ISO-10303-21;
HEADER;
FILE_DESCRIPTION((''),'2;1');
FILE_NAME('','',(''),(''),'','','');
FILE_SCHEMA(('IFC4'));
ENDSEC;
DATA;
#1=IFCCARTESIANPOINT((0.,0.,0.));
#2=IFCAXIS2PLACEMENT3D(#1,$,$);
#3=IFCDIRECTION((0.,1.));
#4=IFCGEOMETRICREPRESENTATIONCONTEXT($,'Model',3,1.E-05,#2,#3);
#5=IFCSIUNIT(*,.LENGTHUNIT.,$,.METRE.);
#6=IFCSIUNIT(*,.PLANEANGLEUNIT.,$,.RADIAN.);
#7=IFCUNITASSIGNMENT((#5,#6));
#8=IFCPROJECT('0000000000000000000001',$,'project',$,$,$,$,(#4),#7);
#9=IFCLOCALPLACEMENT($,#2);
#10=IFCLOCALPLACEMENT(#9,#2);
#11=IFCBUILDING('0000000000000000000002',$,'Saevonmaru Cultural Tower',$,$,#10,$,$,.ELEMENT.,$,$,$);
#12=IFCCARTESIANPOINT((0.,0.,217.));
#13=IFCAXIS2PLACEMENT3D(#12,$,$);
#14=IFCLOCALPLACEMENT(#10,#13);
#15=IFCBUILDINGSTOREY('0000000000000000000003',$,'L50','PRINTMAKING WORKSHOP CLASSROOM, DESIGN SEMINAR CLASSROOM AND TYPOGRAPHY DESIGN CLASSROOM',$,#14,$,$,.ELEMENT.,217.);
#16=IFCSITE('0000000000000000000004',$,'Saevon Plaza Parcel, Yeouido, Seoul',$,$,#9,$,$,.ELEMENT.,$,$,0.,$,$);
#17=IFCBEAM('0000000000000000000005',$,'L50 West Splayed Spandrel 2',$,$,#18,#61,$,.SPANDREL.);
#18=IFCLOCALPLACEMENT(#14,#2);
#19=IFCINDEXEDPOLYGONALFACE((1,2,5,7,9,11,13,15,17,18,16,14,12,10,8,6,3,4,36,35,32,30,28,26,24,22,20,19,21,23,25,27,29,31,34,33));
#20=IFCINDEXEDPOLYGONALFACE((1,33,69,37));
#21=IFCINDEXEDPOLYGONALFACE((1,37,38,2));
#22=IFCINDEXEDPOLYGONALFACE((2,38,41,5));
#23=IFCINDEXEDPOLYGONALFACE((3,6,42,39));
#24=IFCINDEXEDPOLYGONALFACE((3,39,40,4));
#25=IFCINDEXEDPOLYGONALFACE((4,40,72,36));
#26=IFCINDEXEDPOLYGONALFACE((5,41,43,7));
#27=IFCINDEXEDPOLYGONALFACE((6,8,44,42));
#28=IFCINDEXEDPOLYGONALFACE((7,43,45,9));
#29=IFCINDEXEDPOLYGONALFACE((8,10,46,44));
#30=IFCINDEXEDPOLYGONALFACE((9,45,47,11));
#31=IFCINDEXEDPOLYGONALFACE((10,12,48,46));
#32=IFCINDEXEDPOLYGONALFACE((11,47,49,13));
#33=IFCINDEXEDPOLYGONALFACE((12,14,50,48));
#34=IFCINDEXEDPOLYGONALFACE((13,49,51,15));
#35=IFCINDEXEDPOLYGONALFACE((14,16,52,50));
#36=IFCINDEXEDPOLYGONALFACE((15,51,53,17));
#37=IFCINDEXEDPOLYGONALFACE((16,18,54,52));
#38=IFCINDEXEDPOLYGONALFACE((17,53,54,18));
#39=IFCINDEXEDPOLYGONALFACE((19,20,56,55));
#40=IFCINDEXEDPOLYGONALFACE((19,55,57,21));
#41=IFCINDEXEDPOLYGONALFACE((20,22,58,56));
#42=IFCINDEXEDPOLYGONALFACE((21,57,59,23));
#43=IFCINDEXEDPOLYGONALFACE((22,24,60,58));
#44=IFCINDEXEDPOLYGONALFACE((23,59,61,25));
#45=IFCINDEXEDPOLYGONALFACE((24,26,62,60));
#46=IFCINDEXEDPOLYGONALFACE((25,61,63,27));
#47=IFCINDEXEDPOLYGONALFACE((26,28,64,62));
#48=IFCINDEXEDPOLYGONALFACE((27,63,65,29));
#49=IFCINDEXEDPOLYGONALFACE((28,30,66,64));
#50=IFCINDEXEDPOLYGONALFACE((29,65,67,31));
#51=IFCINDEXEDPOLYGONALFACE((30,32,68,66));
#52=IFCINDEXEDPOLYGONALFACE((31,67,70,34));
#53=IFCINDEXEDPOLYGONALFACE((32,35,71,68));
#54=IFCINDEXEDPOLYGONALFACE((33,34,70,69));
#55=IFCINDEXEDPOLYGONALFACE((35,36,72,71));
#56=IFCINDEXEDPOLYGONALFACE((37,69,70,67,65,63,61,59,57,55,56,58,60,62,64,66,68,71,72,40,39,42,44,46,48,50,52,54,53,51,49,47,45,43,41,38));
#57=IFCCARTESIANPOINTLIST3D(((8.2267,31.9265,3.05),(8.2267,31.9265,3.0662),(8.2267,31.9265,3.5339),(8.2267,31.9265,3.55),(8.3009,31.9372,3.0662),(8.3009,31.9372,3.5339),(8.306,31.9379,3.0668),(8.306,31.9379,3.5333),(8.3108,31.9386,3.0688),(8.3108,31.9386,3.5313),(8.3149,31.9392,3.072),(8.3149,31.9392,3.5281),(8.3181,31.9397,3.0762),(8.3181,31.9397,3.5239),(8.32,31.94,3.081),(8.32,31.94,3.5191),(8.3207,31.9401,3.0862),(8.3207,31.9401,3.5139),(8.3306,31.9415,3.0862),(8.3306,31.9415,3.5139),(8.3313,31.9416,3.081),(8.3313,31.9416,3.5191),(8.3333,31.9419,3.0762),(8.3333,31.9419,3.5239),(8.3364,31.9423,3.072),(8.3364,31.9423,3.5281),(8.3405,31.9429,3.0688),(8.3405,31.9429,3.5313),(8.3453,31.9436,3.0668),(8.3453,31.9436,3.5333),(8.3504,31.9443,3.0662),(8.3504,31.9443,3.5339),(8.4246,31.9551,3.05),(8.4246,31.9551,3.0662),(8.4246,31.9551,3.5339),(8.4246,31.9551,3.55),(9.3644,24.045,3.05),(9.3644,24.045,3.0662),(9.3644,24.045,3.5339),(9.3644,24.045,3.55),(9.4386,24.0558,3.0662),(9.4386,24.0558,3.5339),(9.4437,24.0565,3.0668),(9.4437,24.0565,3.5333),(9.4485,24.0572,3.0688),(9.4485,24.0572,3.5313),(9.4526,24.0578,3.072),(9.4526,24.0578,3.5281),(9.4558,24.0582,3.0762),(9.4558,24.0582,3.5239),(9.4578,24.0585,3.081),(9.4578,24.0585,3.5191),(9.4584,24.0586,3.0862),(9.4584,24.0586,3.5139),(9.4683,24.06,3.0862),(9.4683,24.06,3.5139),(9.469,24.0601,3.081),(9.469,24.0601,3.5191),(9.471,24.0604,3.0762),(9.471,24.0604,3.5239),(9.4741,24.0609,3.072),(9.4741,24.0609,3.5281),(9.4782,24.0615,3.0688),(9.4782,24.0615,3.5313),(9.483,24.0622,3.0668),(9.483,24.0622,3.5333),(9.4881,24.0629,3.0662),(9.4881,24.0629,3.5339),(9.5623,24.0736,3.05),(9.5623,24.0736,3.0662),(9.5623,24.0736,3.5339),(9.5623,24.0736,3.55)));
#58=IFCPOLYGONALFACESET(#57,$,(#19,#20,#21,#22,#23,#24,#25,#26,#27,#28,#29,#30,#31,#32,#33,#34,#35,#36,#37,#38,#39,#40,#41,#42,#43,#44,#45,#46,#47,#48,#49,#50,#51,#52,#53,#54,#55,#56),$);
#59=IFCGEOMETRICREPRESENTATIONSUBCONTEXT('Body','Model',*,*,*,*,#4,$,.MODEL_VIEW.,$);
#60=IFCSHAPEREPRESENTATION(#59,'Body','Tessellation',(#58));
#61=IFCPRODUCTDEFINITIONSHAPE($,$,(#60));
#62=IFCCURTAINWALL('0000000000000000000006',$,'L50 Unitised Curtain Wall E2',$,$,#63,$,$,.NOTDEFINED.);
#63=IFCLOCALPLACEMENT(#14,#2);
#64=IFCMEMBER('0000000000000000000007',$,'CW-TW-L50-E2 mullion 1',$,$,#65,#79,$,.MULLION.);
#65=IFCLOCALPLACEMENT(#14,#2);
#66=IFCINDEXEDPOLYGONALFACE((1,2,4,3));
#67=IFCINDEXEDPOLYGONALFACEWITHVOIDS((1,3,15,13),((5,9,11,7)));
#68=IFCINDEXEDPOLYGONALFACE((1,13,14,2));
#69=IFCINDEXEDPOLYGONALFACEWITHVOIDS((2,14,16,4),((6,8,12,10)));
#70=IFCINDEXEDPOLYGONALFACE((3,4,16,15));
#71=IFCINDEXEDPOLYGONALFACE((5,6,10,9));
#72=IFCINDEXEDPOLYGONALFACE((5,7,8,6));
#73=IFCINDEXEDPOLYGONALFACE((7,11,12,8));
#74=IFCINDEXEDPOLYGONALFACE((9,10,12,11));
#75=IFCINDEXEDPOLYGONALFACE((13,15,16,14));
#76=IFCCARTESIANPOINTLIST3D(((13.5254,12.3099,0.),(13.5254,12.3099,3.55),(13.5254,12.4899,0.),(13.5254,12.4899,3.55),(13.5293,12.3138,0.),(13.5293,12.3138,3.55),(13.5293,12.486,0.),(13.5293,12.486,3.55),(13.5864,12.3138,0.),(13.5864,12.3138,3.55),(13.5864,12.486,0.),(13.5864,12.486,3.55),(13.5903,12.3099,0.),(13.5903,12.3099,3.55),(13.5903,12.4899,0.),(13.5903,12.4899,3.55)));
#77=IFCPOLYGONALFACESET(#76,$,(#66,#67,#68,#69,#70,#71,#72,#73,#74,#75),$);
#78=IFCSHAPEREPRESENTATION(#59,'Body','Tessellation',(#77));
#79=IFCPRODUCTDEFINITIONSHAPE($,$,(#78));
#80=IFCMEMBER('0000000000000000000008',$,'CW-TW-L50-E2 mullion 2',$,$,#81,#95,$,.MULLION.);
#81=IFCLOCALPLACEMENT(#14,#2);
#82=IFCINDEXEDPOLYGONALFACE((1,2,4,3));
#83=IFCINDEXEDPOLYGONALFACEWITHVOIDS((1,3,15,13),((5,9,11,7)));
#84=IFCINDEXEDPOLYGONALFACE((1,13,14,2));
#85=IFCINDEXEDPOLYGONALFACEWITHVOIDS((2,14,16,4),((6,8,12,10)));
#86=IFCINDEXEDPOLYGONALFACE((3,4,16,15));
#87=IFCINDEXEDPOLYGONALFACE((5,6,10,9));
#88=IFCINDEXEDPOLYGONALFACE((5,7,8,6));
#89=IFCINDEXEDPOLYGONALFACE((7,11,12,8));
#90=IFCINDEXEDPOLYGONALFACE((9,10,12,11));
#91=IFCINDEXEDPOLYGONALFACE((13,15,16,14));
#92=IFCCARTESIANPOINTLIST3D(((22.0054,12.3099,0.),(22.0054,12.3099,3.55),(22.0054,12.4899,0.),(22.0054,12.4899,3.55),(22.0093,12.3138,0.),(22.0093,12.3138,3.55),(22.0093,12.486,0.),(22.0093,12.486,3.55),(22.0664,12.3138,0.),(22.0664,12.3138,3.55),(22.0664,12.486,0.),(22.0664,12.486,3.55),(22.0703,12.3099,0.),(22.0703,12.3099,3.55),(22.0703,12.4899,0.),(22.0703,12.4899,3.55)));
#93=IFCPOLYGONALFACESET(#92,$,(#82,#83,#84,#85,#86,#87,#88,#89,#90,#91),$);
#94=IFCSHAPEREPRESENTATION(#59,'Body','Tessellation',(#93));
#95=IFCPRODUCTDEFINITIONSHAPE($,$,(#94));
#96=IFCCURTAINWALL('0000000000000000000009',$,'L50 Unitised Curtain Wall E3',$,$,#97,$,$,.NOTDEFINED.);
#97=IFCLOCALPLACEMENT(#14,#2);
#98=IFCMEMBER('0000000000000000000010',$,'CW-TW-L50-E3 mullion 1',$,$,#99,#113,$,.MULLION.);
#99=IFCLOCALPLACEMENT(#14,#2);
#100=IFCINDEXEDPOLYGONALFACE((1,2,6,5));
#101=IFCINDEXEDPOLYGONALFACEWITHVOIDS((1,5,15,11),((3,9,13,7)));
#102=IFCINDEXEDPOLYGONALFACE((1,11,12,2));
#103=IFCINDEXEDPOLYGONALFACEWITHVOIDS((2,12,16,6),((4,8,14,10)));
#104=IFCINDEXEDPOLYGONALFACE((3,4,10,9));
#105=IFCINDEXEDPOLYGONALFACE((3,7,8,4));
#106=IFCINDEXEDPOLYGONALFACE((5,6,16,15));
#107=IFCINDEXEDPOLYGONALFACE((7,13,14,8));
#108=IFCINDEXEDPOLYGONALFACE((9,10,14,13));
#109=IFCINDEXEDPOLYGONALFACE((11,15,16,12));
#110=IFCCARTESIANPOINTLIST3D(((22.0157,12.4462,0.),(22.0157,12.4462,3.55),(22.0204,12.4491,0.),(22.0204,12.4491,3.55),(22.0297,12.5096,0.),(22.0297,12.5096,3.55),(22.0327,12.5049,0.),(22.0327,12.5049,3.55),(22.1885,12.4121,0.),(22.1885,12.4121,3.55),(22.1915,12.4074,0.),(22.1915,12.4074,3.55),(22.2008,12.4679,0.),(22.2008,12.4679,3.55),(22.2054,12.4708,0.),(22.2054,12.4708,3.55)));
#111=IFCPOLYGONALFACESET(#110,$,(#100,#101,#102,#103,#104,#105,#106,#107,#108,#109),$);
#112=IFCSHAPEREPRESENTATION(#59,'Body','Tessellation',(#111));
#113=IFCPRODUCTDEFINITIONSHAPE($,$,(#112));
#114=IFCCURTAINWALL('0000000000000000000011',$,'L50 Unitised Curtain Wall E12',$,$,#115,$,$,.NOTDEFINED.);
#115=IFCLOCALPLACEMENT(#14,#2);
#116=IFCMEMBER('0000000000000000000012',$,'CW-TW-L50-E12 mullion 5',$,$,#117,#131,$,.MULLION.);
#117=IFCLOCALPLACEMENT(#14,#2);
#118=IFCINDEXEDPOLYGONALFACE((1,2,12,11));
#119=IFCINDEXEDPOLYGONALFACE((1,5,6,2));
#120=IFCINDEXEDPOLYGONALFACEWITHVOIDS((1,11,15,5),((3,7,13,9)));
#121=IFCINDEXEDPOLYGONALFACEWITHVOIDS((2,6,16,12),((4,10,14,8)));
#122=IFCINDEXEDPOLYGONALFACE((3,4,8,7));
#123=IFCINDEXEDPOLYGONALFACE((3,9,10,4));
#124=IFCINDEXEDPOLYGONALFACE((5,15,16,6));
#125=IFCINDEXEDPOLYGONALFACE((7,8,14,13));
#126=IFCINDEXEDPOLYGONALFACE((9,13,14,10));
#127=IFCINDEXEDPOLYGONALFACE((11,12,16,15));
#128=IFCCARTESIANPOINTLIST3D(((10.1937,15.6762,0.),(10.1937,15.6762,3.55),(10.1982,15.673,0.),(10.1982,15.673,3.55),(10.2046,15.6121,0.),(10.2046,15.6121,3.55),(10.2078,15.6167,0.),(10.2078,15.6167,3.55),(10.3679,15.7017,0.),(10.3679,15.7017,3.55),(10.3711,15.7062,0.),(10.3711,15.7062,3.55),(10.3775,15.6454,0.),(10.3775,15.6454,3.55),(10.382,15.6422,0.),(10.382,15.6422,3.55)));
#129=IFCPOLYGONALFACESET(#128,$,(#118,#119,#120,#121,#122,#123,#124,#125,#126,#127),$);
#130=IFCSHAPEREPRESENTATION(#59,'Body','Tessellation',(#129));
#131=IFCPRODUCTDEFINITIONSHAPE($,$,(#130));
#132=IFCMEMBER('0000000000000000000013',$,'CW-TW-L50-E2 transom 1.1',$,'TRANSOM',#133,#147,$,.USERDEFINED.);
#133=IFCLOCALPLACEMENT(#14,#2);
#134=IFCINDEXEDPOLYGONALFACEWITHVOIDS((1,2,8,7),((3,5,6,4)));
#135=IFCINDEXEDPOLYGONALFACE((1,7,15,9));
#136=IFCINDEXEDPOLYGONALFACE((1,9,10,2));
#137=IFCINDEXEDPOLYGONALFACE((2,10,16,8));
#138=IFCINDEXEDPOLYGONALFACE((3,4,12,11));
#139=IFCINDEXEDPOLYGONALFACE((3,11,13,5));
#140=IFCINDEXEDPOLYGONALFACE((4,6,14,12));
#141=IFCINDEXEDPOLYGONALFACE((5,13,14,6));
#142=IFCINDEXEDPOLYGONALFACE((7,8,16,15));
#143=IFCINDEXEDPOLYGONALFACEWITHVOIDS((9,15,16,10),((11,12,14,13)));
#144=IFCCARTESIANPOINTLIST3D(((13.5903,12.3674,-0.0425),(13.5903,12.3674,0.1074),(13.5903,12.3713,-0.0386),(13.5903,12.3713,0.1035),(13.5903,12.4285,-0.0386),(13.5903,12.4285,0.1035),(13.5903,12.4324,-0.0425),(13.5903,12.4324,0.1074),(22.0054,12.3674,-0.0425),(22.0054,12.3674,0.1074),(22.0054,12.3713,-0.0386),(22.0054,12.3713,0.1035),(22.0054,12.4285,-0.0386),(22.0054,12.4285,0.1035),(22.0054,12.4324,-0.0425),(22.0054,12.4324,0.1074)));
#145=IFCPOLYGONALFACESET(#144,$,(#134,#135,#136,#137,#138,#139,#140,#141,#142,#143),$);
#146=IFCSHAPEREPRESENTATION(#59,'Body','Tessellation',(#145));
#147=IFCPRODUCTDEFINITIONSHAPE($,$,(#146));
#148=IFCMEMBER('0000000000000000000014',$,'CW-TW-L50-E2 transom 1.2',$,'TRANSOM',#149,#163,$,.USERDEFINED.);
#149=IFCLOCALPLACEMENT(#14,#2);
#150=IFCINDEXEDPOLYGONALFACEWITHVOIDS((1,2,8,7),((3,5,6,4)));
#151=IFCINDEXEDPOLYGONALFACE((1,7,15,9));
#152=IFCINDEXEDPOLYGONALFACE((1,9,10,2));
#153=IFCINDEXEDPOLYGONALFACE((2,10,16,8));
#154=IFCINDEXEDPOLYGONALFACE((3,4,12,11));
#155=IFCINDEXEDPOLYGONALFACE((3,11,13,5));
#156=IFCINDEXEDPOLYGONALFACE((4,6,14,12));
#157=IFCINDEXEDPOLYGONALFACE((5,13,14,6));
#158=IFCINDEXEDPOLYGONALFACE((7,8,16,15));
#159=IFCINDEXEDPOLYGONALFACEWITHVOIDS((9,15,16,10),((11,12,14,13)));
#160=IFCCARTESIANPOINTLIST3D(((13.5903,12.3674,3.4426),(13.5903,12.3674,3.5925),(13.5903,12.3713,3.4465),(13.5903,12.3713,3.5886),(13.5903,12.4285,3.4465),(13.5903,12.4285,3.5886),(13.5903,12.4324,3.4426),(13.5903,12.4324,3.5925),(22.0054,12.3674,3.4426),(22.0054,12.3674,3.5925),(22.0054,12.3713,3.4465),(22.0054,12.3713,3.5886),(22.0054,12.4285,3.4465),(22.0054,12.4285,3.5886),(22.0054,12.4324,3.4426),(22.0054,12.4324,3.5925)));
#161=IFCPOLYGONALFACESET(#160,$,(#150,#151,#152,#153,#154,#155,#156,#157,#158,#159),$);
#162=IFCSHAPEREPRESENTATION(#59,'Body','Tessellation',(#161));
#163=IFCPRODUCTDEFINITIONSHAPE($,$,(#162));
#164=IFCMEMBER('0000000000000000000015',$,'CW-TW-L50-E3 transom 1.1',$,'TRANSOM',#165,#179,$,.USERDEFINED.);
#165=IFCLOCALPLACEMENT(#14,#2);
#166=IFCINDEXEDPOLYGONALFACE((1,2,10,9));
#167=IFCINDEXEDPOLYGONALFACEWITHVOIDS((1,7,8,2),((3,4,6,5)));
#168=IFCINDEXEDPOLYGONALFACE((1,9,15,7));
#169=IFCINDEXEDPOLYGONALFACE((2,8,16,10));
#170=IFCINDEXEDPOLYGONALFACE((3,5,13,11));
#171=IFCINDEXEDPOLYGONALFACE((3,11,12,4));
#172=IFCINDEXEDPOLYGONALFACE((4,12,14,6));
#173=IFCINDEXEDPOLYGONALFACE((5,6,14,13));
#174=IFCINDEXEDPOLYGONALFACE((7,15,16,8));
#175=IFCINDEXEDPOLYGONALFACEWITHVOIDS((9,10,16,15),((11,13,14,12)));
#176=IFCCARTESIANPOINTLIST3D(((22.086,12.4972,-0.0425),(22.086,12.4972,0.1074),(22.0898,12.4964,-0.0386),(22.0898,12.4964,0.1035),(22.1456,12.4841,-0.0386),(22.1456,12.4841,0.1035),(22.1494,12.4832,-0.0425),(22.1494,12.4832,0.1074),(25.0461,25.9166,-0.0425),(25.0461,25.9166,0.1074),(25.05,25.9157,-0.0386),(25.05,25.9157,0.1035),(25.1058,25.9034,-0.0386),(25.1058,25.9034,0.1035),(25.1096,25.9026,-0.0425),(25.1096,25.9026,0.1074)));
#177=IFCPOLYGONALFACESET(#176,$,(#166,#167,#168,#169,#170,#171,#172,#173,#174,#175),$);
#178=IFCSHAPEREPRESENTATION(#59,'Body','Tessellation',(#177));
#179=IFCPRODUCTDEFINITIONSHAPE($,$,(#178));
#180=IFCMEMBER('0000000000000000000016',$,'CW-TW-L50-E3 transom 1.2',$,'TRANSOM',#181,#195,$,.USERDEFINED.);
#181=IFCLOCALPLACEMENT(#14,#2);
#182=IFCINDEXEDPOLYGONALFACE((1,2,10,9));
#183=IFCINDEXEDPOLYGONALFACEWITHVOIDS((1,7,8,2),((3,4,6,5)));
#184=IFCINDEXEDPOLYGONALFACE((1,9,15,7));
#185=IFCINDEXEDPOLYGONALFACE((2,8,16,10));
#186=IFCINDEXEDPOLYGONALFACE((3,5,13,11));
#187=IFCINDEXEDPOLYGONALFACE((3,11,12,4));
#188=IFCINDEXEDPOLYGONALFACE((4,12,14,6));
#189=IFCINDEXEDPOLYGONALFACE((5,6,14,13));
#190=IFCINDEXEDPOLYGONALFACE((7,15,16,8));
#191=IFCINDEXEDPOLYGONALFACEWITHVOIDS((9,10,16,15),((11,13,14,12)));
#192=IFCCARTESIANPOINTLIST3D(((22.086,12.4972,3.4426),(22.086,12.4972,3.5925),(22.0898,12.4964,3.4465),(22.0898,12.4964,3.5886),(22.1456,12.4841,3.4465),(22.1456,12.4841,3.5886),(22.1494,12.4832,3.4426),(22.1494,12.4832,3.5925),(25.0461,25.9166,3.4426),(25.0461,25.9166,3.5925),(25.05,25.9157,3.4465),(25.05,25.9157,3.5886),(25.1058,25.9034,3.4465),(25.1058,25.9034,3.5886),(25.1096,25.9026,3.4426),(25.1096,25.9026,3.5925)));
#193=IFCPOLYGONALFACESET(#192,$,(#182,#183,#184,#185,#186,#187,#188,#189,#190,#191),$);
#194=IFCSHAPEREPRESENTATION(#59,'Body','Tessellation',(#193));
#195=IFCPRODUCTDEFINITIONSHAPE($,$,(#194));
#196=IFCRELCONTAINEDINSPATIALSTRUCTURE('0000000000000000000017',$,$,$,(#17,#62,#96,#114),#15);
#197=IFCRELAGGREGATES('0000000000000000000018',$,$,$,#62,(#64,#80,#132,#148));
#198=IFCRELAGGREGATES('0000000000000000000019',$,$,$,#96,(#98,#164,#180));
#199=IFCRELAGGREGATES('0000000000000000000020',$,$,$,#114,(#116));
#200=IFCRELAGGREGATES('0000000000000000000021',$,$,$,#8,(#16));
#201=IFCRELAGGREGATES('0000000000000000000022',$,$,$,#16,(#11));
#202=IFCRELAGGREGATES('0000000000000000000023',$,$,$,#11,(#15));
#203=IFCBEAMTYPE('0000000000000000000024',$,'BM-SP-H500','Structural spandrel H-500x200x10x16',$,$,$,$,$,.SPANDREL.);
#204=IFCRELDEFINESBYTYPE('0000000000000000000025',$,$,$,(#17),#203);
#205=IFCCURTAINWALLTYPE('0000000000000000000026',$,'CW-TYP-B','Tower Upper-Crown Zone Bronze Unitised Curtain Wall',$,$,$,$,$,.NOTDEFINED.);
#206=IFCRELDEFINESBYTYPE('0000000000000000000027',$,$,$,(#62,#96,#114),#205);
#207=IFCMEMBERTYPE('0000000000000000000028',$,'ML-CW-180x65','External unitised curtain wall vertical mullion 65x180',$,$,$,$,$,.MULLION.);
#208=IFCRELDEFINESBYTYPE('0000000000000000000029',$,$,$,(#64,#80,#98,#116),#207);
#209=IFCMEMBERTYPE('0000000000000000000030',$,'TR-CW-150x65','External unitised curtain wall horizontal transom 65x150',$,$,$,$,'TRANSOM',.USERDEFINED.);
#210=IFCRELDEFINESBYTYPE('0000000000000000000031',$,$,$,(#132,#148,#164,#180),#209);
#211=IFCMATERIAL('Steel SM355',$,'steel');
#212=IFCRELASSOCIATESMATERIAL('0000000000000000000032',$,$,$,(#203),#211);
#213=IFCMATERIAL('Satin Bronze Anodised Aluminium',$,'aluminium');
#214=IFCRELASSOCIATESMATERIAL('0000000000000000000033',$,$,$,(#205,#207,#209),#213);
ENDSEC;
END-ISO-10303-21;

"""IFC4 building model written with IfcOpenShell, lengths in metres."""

from ifc_helpers import new_model, si_unit, direction, frame, origin, origin_2d, place, context, subcontext, project, spatial, hollow_rectangle, i_section, extrude, material, material_profile, profile_set, type_object, element, aggregate, save


model = new_model("IFC4")

# Units and contexts
model_context = context("Model", 3, precision=1e-05, world=origin(), true_north=direction((0.0, 1.0)))
body_context = subcontext(model_context, "Body", "Model", "MODEL_VIEW")
ifc_project = project(units=[si_unit("LENGTHUNIT", "METRE"), si_unit("PLANEANGLEUNIT", "RADIAN")], contexts=[model_context])

# Site, building, storey
site_placement = place(None, origin())
site = spatial("IfcSite", under=ifc_project, at=site_placement, Name="Saevon Plaza Parcel, Yeouido, Seoul", CompositionType="ELEMENT", RefElevation=0.0)
building_placement = place(site_placement, origin())
building = spatial("IfcBuilding", under=site, at=building_placement, Name="Saevonmaru Cultural Tower", CompositionType="ELEMENT")
storey_placement = place(building_placement, frame((0.0, 0.0, 217.0)))
storey = spatial("IfcBuildingStorey", under=building, at=storey_placement, Name="L50", Description="PRINTMAKING WORKSHOP CLASSROOM, DESIGN SEMINAR CLASSROOM AND TYPOGRAPHY DESIGN CLASSROOM", CompositionType="ELEMENT", Elevation=217.0)

# Shared definitions
ifc_material_1 = material(Name="Steel SM355", Category="steel")

# Beam
ifc_material_profile_1 = material_profile(ifc_material_1, i_section(OverallWidth=0.2, OverallDepth=0.5, WebThickness=0.01, FlangeThickness=0.0161, FilletRadius=0.02, at=origin_2d()), Name="H-500x200x10x16")
ifc_profile_set_1 = profile_set([ifc_material_profile_1], Name="Steel SM355")
beam_type_1 = type_object("IfcBeamType", Name="BM-SP-H500", Description="Structural spandrel H-500x200x10x16", PredefinedType="SPANDREL", material=ifc_profile_set_1)
for number, where, z_axis, x_axis, name in (
    (1, (9.4634, 24.0593, 3.3), (-0.142872, 0.989741, 0.0), (-0.989741, -0.142872, 0.0), "L50 West Splayed Spandrel 2"),
):
    element("IfcBeam", number, at=place(storey_placement, frame(where, z_axis=z_axis, x_axis=x_axis)), inside=storey, type_object=beam_type_1, Name=name, PredefinedType="SPANDREL", context=body_context, shape_type="SweptSolid", body=[
        extrude(i_section(OverallWidth=0.2, OverallDepth=0.5, WebThickness=0.01, FlangeThickness=0.0161, FilletRadius=0.02, at=origin_2d()), origin(), (0.0, 0.0, 1.0), 7.9631),
    ])

# Curtain wall, members
ifc_material_2 = material(Name="Satin Bronze Anodised Aluminium", Category="aluminium")
curtain_wall_type = type_object("IfcCurtainWallType", Name="CW-TYP-B", Description="Tower Upper-Crown Zone Bronze Unitised Curtain Wall", PredefinedType="NOTDEFINED", material=ifc_material_2)
curtain_wall_1_placement = place(storey_placement, origin())
curtain_wall_1 = element("IfcCurtainWall", 2, at=curtain_wall_1_placement, inside=storey, type_object=curtain_wall_type, Name="L50 Unitised Curtain Wall E2", PredefinedType="NOTDEFINED")
ifc_material_profile_2 = material_profile(ifc_material_2, hollow_rectangle(XDim=0.0649, YDim=0.1799, WallThickness=0.0039, at=origin_2d()), Name="ALU-MULL-180x65x4")
ifc_profile_set_2 = profile_set([ifc_material_profile_2], Name="Satin Bronze Anodised Aluminium")
member_type_1 = type_object("IfcMemberType", Name="ML-CW-180x65", Description="External unitised curtain wall vertical mullion 65x180", PredefinedType="MULLION", material=ifc_profile_set_2)
member_1_placement = place(storey_placement, frame((13.5579, 12.3999, 0.0), z_axis=(0.0, 0.0, 1.0), x_axis=(1.0, 0.0, 0.0)))
member_1 = element("IfcMember", 3, at=member_1_placement, type_object=member_type_1, Name="CW-TW-L50-E2 mullion 1", PredefinedType="MULLION", context=body_context, shape_type="SweptSolid", body=[
    extrude(hollow_rectangle(XDim=0.0649, YDim=0.1799, WallThickness=0.0039, at=origin_2d()), origin(), (0.0, 0.0, 1.0), 3.55),
])
member_2_placement = place(storey_placement, frame((22.0378, 12.3999, 0.0), z_axis=(0.0, 0.0, 1.0), x_axis=(1.0, 0.0, 0.0)))
member_2 = element("IfcMember", 4, at=member_2_placement, type_object=member_type_1, Name="CW-TW-L50-E2 mullion 2", PredefinedType="MULLION", context=body_context, shape_type="SweptSolid", body=[
    extrude(hollow_rectangle(XDim=0.0649, YDim=0.1799, WallThickness=0.0039, at=origin_2d()), origin(), (0.0, 0.0, 1.0), 3.55),
])

# Curtain walls, members
curtain_wall_2_placement = place(storey_placement, origin())
curtain_wall_2 = element("IfcCurtainWall", 5, at=curtain_wall_2_placement, inside=storey, type_object=curtain_wall_type, Name="L50 Unitised Curtain Wall E3", PredefinedType="NOTDEFINED")
member_3_placement = place(storey_placement, frame((22.1106, 12.4585, 0.0), z_axis=(0.0, 0.0, 1.0), x_axis=(0.215413, 0.976523, 0.0)))
member_3 = element("IfcMember", 6, at=member_3_placement, type_object=member_type_1, Name="CW-TW-L50-E3 mullion 1", PredefinedType="MULLION", context=body_context, shape_type="SweptSolid", body=[
    extrude(hollow_rectangle(XDim=0.0649, YDim=0.1799, WallThickness=0.0039, at=origin_2d()), origin(), (0.0, 0.0, 1.0), 3.55),
])
curtain_wall_3_placement = place(storey_placement, origin())
curtain_wall_3 = element("IfcCurtainWall", 7, at=curtain_wall_3_placement, inside=storey, type_object=curtain_wall_type, Name="L50 Unitised Curtain Wall E12", PredefinedType="NOTDEFINED")
member_4_placement = place(storey_placement, frame((10.2878, 15.6592, 0.0), z_axis=(0.0, 0.0, 1.0), x_axis=(0.166922, -0.98597, 0.0)))
member_4 = element("IfcMember", 8, at=member_4_placement, type_object=member_type_1, Name="CW-TW-L50-E12 mullion 5", PredefinedType="MULLION", context=body_context, shape_type="SweptSolid", body=[
    extrude(hollow_rectangle(XDim=0.0649, YDim=0.1799, WallThickness=0.0039, at=origin_2d()), origin(), (0.0, 0.0, 1.0), 3.55),
])

# Members
ifc_material_profile_3 = material_profile(ifc_material_2, hollow_rectangle(XDim=0.0649, YDim=0.1499, WallThickness=0.0039, at=origin_2d()), Name="ALU-TRAN-150x65x4")
ifc_profile_set_3 = profile_set([ifc_material_profile_3], Name="Satin Bronze Anodised Aluminium")
member_type_2 = type_object("IfcMemberType", Name="TR-CW-150x65", Description="External unitised curtain wall horizontal transom 65x150", ElementType="TRANSOM", PredefinedType="USERDEFINED", material=ifc_profile_set_3)
member_5_placement = place(storey_placement, frame((13.5903, 12.3999, 0.0325), z_axis=(1.0, 0.0, 0.0), x_axis=(0.0, 1.0, 0.0)))
member_5 = element("IfcMember", 9, at=member_5_placement, type_object=member_type_2, Name="CW-TW-L50-E2 transom 1.1", ObjectType="TRANSOM", PredefinedType="USERDEFINED", context=body_context, shape_type="SweptSolid", body=[
    extrude(hollow_rectangle(XDim=0.0649, YDim=0.1499, WallThickness=0.0039, at=origin_2d()), origin(), (0.0, 0.0, 1.0), 8.415),
])
member_6_placement = place(storey_placement, frame((13.5903, 12.3999, 3.5176), z_axis=(1.0, 0.0, 0.0), x_axis=(0.0, 1.0, 0.0)))
member_6 = element("IfcMember", 10, at=member_6_placement, type_object=member_type_2, Name="CW-TW-L50-E2 transom 1.2", ObjectType="TRANSOM", PredefinedType="USERDEFINED", context=body_context, shape_type="SweptSolid", body=[
    extrude(hollow_rectangle(XDim=0.0649, YDim=0.1499, WallThickness=0.0039, at=origin_2d()), origin(), (0.0, 0.0, 1.0), 8.415),
])
member_7_placement = place(storey_placement, frame((22.1177, 12.4902, 0.0325), z_axis=(0.215412, 0.976523, 0.0), x_axis=(-0.976523, 0.215412, 0.0)))
member_7 = element("IfcMember", 11, at=member_7_placement, type_object=member_type_2, Name="CW-TW-L50-E3 transom 1.1", ObjectType="TRANSOM", PredefinedType="USERDEFINED", context=body_context, shape_type="SweptSolid", body=[
    extrude(hollow_rectangle(XDim=0.0649, YDim=0.1499, WallThickness=0.0039, at=origin_2d()), origin(), (0.0, 0.0, 1.0), 13.7419),
])
member_8_placement = place(storey_placement, frame((22.1177, 12.4902, 3.5176), z_axis=(0.215412, 0.976523, 0.0), x_axis=(-0.976523, 0.215412, 0.0)))
member_8 = element("IfcMember", 12, at=member_8_placement, type_object=member_type_2, Name="CW-TW-L50-E3 transom 1.2", ObjectType="TRANSOM", PredefinedType="USERDEFINED", context=body_context, shape_type="SweptSolid", body=[
    extrude(hollow_rectangle(XDim=0.0649, YDim=0.1499, WallThickness=0.0039, at=origin_2d()), origin(), (0.0, 0.0, 1.0), 13.7419),
])

aggregate(curtain_wall_1, [member_1, member_2, member_5, member_6])
aggregate(curtain_wall_2, [member_3, member_7, member_8])
aggregate(curtain_wall_3, [member_4])

save(model, "model.ifc")
